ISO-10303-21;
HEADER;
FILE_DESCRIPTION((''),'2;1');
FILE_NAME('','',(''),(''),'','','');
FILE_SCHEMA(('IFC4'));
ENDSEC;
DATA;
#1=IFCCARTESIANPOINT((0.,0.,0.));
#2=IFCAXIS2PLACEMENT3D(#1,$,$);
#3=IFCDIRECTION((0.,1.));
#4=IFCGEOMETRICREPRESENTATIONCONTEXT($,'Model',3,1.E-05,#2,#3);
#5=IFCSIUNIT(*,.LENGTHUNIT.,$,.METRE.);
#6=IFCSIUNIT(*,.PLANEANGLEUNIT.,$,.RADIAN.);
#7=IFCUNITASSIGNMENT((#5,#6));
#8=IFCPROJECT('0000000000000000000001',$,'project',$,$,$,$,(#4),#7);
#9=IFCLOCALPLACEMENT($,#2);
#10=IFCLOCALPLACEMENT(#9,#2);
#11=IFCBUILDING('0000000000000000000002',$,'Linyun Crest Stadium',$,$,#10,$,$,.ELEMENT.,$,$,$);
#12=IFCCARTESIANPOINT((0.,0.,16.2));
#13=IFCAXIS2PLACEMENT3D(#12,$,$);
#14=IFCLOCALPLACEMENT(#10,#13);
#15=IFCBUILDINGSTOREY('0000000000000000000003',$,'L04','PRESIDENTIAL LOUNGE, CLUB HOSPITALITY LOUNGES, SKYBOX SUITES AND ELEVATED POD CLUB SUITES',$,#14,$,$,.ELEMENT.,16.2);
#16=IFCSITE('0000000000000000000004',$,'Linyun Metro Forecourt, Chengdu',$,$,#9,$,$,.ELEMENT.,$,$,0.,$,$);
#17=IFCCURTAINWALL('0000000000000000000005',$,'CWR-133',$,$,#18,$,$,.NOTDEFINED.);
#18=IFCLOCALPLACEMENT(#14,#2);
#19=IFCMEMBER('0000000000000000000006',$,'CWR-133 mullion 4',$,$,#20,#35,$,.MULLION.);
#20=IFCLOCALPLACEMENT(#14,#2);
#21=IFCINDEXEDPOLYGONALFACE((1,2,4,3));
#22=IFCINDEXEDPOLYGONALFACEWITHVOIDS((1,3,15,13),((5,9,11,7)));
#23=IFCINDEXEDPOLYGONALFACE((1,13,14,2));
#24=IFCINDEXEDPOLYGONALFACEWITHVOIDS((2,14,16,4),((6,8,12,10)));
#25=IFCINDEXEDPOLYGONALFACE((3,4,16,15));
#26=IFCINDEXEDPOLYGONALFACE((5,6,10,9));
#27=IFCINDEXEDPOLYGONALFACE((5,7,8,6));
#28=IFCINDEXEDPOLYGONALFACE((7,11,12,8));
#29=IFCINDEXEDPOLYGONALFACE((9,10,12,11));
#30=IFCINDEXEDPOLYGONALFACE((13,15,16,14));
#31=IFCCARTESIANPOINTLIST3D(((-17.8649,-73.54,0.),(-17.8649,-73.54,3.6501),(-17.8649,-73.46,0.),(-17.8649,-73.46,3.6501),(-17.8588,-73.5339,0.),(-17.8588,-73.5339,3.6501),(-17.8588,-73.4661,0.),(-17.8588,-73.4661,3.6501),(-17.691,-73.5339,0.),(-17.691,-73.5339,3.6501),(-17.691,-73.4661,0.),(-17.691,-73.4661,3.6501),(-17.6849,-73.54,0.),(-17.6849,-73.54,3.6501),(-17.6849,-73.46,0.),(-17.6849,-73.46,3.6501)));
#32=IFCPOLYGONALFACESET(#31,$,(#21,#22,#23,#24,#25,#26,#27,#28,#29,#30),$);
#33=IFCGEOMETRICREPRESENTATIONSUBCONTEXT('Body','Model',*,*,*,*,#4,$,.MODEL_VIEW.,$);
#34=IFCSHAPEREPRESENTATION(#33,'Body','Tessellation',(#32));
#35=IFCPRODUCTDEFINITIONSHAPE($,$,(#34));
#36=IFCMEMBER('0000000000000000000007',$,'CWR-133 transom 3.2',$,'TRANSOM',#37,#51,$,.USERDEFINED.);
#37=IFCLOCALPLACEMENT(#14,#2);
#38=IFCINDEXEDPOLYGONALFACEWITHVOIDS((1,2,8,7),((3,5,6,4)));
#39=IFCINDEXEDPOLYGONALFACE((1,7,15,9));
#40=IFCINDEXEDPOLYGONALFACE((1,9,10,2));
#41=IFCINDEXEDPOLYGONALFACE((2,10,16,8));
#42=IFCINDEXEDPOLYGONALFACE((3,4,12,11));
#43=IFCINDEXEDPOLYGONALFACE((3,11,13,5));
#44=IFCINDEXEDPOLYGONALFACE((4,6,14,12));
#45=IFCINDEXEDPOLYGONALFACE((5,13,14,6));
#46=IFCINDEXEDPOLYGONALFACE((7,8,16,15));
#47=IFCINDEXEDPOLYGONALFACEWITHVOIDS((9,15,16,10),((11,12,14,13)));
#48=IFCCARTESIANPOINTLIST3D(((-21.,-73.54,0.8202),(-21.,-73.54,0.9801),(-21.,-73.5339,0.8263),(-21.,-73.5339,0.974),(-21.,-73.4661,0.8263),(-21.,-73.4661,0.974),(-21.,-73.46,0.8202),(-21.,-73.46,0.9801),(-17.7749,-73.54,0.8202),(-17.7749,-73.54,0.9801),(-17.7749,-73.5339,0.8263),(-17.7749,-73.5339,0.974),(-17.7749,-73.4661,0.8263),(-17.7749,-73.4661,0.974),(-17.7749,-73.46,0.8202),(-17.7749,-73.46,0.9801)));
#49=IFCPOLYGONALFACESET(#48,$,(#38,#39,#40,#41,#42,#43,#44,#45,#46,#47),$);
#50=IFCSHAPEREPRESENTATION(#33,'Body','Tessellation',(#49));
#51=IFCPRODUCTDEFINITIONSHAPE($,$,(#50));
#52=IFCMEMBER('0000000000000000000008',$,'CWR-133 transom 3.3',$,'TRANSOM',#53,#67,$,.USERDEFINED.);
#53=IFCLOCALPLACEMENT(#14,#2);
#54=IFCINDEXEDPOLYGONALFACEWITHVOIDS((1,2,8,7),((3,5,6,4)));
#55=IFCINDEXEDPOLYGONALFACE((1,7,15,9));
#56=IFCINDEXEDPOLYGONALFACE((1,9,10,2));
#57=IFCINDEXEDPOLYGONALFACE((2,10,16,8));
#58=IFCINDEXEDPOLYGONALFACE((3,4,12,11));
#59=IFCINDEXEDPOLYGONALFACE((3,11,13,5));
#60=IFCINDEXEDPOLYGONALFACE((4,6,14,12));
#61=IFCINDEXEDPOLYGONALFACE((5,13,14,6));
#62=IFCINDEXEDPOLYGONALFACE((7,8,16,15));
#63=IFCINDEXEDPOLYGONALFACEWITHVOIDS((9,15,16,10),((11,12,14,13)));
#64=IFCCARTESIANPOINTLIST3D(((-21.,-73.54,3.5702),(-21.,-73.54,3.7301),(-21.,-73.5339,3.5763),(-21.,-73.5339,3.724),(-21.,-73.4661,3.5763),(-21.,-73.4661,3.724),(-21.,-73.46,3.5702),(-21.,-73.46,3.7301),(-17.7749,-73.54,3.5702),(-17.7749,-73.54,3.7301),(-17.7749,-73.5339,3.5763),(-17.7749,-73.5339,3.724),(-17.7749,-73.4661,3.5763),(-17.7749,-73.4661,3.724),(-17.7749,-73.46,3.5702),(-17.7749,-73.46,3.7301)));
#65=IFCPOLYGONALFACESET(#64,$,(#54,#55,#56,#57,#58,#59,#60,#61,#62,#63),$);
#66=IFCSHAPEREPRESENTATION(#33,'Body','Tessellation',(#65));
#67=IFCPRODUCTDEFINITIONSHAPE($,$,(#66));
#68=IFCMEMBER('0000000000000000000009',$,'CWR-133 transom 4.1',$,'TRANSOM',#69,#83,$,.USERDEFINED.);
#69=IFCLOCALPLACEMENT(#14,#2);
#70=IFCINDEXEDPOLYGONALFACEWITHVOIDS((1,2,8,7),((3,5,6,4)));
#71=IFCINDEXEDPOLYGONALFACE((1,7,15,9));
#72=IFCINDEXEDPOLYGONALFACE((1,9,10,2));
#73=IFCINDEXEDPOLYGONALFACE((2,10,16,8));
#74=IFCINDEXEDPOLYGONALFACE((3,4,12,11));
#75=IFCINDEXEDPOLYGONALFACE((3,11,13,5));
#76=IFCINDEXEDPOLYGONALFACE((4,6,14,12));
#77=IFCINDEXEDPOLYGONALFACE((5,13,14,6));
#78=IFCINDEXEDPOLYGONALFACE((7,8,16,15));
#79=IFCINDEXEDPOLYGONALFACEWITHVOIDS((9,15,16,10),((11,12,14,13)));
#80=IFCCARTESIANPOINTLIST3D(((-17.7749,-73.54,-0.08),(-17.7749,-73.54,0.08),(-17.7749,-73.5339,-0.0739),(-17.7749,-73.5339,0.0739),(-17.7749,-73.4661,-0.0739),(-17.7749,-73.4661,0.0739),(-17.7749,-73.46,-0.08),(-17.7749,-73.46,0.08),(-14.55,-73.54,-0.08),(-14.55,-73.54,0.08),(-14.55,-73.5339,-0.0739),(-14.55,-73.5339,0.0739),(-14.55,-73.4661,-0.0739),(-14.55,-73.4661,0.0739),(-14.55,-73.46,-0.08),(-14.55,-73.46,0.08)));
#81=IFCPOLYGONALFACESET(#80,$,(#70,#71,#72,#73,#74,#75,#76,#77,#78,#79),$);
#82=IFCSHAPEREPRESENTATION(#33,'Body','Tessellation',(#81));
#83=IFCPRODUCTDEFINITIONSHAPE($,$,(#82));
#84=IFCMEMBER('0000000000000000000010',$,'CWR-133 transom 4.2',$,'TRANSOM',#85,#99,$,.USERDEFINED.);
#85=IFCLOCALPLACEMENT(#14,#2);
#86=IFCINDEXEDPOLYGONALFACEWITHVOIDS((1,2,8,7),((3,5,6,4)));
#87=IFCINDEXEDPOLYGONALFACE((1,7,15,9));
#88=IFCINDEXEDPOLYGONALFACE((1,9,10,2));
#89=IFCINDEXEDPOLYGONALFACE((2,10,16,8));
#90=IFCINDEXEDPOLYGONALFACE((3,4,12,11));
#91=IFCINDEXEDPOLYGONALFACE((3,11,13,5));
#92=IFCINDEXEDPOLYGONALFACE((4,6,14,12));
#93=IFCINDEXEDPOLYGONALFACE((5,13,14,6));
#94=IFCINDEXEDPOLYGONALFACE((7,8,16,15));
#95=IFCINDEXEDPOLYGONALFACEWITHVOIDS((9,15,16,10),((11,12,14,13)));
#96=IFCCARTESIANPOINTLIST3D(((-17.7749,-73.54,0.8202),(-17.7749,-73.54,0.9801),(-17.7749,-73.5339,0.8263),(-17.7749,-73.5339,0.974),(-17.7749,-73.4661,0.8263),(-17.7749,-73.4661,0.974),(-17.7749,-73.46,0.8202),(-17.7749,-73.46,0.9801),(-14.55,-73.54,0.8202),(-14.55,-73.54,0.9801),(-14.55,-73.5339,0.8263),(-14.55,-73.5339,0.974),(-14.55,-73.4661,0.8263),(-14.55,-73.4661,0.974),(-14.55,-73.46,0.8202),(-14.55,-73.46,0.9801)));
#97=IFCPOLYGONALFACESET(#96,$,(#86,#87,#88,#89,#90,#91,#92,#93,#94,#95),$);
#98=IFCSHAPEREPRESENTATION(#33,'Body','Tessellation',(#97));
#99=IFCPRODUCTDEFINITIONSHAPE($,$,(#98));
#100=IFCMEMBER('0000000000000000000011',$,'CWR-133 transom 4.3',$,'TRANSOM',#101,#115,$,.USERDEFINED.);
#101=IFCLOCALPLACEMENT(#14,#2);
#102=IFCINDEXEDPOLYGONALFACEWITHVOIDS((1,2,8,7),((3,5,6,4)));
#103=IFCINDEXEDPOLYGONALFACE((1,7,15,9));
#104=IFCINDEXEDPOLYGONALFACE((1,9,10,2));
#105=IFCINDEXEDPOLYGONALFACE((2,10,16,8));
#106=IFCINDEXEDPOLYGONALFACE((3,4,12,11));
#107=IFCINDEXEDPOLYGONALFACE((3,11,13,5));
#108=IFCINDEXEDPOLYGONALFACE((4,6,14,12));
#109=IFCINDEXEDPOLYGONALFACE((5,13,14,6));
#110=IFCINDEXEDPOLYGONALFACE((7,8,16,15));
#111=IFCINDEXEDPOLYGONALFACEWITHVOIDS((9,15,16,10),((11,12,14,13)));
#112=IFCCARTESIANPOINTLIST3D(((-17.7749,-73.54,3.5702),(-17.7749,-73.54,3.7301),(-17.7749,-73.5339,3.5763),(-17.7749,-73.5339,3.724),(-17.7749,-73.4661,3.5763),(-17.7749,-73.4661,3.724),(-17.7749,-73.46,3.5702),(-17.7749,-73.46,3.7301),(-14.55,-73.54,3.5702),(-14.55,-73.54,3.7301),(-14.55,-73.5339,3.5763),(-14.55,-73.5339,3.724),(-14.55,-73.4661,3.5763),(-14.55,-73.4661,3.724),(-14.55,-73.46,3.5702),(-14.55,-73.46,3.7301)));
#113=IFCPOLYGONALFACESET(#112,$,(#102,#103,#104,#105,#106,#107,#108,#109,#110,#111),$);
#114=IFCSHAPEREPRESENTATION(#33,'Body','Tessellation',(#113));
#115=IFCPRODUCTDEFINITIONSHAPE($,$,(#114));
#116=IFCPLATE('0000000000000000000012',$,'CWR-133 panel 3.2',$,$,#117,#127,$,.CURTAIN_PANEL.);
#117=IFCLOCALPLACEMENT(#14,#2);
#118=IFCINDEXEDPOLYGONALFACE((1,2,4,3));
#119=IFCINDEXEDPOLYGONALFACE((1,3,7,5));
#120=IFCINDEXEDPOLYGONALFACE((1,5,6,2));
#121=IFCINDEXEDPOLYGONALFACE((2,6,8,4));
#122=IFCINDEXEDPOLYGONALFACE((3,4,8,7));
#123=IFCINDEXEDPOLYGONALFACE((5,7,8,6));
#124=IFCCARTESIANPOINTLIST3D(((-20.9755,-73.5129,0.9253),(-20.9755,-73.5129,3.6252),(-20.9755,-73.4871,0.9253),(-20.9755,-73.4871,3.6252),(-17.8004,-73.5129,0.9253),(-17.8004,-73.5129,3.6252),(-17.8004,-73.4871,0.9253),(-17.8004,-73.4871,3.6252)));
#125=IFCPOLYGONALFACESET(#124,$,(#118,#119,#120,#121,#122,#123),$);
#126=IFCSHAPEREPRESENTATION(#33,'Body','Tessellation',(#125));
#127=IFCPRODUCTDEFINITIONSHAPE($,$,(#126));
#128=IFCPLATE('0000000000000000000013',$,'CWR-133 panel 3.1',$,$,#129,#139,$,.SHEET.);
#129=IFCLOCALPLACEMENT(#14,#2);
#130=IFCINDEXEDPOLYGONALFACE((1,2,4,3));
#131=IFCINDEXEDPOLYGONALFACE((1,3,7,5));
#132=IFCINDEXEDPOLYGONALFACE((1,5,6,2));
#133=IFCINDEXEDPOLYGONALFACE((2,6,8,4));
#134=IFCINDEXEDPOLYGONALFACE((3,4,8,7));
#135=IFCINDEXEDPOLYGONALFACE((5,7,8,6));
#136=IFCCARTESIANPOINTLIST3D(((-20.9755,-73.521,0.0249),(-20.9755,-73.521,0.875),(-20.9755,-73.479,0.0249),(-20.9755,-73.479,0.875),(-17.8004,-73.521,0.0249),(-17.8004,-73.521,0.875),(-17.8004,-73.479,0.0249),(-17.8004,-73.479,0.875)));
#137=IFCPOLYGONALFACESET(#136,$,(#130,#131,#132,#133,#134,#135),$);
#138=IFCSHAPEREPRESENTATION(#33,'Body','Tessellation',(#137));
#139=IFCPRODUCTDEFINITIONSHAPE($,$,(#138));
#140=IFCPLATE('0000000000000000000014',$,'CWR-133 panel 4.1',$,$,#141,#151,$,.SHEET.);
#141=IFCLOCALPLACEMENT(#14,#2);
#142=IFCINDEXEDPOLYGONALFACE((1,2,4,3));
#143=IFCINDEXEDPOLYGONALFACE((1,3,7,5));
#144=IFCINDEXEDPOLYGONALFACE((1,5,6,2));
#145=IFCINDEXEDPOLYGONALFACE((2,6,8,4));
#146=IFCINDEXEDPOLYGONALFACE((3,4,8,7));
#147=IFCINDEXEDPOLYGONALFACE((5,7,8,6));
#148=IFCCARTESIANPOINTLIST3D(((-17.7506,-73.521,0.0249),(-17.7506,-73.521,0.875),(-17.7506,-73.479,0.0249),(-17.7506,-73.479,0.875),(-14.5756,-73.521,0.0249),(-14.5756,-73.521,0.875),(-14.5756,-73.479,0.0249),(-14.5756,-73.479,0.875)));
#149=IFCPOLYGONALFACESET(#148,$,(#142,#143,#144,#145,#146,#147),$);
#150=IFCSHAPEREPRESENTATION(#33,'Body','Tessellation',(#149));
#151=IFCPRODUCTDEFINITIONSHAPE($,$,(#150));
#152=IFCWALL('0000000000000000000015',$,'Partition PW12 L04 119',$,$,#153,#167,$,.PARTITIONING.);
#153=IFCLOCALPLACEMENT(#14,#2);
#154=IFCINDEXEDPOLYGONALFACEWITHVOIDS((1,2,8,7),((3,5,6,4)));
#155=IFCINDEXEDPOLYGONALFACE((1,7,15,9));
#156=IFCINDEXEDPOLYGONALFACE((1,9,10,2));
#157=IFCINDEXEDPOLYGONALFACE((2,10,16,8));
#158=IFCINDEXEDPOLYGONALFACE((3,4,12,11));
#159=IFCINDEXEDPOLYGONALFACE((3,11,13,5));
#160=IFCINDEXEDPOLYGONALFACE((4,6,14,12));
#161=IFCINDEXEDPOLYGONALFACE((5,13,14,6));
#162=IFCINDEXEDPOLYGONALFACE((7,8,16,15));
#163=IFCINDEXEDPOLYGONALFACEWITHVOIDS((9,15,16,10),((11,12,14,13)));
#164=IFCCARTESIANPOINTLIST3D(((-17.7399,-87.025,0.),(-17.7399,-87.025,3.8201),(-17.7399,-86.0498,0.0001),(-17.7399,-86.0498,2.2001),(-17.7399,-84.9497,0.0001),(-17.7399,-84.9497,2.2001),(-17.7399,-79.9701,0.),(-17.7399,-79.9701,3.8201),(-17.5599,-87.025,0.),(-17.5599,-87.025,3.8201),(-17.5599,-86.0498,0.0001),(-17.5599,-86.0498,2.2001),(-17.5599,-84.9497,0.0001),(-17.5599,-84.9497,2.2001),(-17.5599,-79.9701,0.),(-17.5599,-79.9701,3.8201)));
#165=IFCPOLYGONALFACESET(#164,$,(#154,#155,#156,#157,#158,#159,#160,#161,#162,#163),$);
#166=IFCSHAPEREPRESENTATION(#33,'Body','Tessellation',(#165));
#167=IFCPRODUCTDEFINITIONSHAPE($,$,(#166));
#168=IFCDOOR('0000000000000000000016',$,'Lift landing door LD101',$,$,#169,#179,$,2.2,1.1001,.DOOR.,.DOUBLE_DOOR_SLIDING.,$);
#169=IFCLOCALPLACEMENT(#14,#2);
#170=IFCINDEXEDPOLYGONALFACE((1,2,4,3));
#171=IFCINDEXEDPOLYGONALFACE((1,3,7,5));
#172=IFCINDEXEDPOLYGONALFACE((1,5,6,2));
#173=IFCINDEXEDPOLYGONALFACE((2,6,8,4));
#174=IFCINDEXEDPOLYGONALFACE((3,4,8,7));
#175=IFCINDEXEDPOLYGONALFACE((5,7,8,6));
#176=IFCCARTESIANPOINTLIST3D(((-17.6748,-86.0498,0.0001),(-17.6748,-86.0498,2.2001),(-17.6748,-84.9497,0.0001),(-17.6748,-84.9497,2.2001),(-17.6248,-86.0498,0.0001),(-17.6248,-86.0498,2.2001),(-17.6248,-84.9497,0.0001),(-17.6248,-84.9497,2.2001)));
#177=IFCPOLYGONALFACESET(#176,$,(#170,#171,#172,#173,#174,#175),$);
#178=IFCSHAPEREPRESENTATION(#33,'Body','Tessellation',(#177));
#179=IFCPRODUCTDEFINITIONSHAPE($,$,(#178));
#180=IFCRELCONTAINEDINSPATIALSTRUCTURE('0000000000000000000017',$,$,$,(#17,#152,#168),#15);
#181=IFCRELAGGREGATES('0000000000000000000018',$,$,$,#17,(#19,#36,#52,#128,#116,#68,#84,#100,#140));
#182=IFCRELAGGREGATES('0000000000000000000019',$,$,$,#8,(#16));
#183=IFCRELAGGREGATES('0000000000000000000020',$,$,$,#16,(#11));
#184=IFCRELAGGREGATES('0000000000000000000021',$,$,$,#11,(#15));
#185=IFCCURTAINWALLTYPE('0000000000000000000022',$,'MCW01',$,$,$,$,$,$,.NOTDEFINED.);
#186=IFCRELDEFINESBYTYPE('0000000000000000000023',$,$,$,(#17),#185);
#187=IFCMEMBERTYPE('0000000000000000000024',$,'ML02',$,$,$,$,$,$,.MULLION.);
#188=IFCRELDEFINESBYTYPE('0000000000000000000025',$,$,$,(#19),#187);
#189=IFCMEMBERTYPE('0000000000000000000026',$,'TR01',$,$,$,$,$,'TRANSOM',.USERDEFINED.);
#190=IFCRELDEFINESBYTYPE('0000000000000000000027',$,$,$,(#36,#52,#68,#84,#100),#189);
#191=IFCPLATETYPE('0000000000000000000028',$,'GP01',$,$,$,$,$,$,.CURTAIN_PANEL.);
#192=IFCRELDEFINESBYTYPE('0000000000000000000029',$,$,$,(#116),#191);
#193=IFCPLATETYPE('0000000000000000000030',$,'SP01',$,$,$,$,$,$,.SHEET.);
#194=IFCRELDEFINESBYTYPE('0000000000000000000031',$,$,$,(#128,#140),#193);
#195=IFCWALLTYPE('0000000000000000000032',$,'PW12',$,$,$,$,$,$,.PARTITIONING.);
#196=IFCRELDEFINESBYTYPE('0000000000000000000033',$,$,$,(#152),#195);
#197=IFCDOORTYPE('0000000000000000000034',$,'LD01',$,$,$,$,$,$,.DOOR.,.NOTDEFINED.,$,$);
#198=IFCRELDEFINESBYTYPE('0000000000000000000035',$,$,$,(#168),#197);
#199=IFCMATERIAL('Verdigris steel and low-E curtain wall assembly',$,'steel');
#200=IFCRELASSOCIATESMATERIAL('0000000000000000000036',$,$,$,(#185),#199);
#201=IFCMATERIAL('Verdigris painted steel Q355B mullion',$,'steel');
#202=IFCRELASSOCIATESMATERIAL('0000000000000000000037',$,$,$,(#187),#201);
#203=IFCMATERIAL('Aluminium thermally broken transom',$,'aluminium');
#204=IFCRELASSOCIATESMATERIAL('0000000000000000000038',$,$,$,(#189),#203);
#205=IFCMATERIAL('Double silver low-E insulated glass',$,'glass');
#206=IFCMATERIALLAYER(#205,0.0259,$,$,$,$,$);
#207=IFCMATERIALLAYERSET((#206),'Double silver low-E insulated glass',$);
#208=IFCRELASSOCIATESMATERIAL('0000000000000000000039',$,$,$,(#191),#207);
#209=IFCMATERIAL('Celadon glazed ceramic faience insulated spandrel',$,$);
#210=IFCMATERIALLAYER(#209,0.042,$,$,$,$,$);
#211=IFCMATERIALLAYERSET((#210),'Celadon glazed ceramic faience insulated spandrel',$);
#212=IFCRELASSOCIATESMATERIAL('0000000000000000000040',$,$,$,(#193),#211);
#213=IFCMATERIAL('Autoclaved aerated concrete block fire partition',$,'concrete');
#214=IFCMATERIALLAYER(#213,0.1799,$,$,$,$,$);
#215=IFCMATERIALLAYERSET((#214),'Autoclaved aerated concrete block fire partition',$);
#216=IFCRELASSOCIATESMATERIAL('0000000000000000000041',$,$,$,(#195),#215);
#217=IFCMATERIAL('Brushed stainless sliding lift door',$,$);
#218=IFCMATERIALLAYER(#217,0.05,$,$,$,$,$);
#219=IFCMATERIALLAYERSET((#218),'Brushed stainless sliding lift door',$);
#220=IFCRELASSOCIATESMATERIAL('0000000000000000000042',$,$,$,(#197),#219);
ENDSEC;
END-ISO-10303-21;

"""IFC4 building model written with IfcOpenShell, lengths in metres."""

from ifc_helpers import new_model, si_unit, direction, frame, frame_2d, origin, origin_2d, place, context, subcontext, project, spatial, rectangle, hollow_rectangle, extrude, material, layer, layer_set, material_profile, profile_set, type_object, element, fill, aggregate, save


model = new_model("IFC4")

# Units and contexts
model_context = context("Model", 3, precision=1e-05, world=origin(), true_north=direction((0.0, 1.0)))
body_context = subcontext(model_context, "Body", "Model", "MODEL_VIEW")
ifc_project = project(units=[si_unit("LENGTHUNIT", "METRE"), si_unit("PLANEANGLEUNIT", "RADIAN")], contexts=[model_context])

# Site, building, storey
site_placement = place(None, origin())
site = spatial("IfcSite", under=ifc_project, at=site_placement, Name="Linyun Metro Forecourt, Chengdu", CompositionType="ELEMENT", RefElevation=0.0)
building_placement = place(site_placement, origin())
building = spatial("IfcBuilding", under=site, at=building_placement, Name="Linyun Crest Stadium", CompositionType="ELEMENT")
storey_placement = place(building_placement, frame((0.0, 0.0, 16.2)))
storey = spatial("IfcBuildingStorey", under=building, at=storey_placement, Name="L04", Description="PRESIDENTIAL LOUNGE, CLUB HOSPITALITY LOUNGES, SKYBOX SUITES AND ELEVATED POD CLUB SUITES", CompositionType="ELEMENT", Elevation=16.2)

# Curtain wall, members, plates
ifc_material_1 = material(Name="Verdigris steel and low-E curtain wall assembly", Category="steel")
curtain_wall_type = type_object("IfcCurtainWallType", Name="MCW01", PredefinedType="NOTDEFINED", material=ifc_material_1)
curtain_wall_placement = place(storey_placement, origin())
curtain_wall = element("IfcCurtainWall", 1, at=curtain_wall_placement, inside=storey, type_object=curtain_wall_type, Name="CWR-133", PredefinedType="NOTDEFINED")
ifc_material_2 = material(Name="Verdigris painted steel Q355B mullion", Category="steel")
ifc_material_profile_1 = material_profile(ifc_material_2, hollow_rectangle(XDim=0.0801, YDim=0.1799, WallThickness=0.0061, at=origin_2d()), Name="RHS 180x80x6")
ifc_profile_set_1 = profile_set([ifc_material_profile_1], Name="Verdigris painted steel Q355B mullion")
member_type_1 = type_object("IfcMemberType", Name="ML02", PredefinedType="MULLION", material=ifc_profile_set_1)
member_1_placement = place(storey_placement, frame((-17.7749, -73.5, 0.0), z_axis=(0.0, 0.0, 1.0), x_axis=(0.0, 1.0, 0.0)))
member_1 = element("IfcMember", 2, at=member_1_placement, type_object=member_type_1, Name="CWR-133 mullion 4", PredefinedType="MULLION", context=body_context, shape_type="SweptSolid", body=[
    extrude(hollow_rectangle(XDim=0.0801, YDim=0.1799, WallThickness=0.0061, at=origin_2d()), origin(), (0.0, 0.0, 1.0), 3.6501),
])
ifc_material_3 = material(Name="Aluminium thermally broken transom", Category="aluminium")
ifc_material_profile_2 = material_profile(ifc_material_3, hollow_rectangle(XDim=0.0801, YDim=0.1599, WallThickness=0.0061, at=origin_2d()), Name="RHS 160x80x6")
ifc_profile_set_2 = profile_set([ifc_material_profile_2], Name="Aluminium thermally broken transom")
member_type_2 = type_object("IfcMemberType", Name="TR01", ElementType="TRANSOM", PredefinedType="USERDEFINED", material=ifc_profile_set_2)
member_2_placement = place(storey_placement, frame((-21.0, -73.5, 0.9001), z_axis=(1.0, 0.0, 0.0), x_axis=(0.0, 1.0, 0.0)))
member_2 = element("IfcMember", 3, at=member_2_placement, type_object=member_type_2, Name="CWR-133 transom 3.2", ObjectType="TRANSOM", PredefinedType="USERDEFINED", context=body_context, shape_type="SweptSolid", body=[
    extrude(hollow_rectangle(XDim=0.0801, YDim=0.1599, WallThickness=0.0061, at=origin_2d()), origin(), (0.0, 0.0, 1.0), 3.2251),
])
member_3_placement = place(storey_placement, frame((-21.0, -73.5, 3.6501), z_axis=(1.0, 0.0, 0.0), x_axis=(0.0, 1.0, 0.0)))
member_3 = element("IfcMember", 4, at=member_3_placement, type_object=member_type_2, Name="CWR-133 transom 3.3", ObjectType="TRANSOM", PredefinedType="USERDEFINED", context=body_context, shape_type="SweptSolid", body=[
    extrude(hollow_rectangle(XDim=0.0801, YDim=0.1599, WallThickness=0.0061, at=origin_2d()), origin(), (0.0, 0.0, 1.0), 3.2251),
])
member_4_placement = place(storey_placement, frame((-17.7749, -73.5, 0.0), z_axis=(1.0, 0.0, 0.0), x_axis=(0.0, 1.0, 0.0)))
member_4 = element("IfcMember", 5, at=member_4_placement, type_object=member_type_2, Name="CWR-133 transom 4.1", ObjectType="TRANSOM", PredefinedType="USERDEFINED", context=body_context, shape_type="SweptSolid", body=[
    extrude(hollow_rectangle(XDim=0.0801, YDim=0.1599, WallThickness=0.0061, at=origin_2d()), origin(), (0.0, 0.0, 1.0), 3.2249),
])
member_5_placement = place(storey_placement, frame((-17.7749, -73.5, 0.9001), z_axis=(1.0, 0.0, 0.0), x_axis=(0.0, 1.0, 0.0)))
member_5 = element("IfcMember", 6, at=member_5_placement, type_object=member_type_2, Name="CWR-133 transom 4.2", ObjectType="TRANSOM", PredefinedType="USERDEFINED", context=body_context, shape_type="SweptSolid", body=[
    extrude(hollow_rectangle(XDim=0.0801, YDim=0.1599, WallThickness=0.0061, at=origin_2d()), origin(), (0.0, 0.0, 1.0), 3.2249),
])
member_6_placement = place(storey_placement, frame((-17.7749, -73.5, 3.6501), z_axis=(1.0, 0.0, 0.0), x_axis=(0.0, 1.0, 0.0)))
member_6 = element("IfcMember", 7, at=member_6_placement, type_object=member_type_2, Name="CWR-133 transom 4.3", ObjectType="TRANSOM", PredefinedType="USERDEFINED", context=body_context, shape_type="SweptSolid", body=[
    extrude(hollow_rectangle(XDim=0.0801, YDim=0.1599, WallThickness=0.0061, at=origin_2d()), origin(), (0.0, 0.0, 1.0), 3.2249),
])
ifc_material_4 = material(Name="Double silver low-E insulated glass", Category="glass")
ifc_layer_1 = layer(ifc_material_4, 0.0259)
ifc_layer_set_1 = layer_set([ifc_layer_1], Name="Double silver low-E insulated glass")
plate_type_1 = type_object("IfcPlateType", Name="GP01", PredefinedType="CURTAIN_PANEL", material=ifc_layer_set_1)
plate_1_placement = place(storey_placement, frame((-19.3879, -73.5, 0.9253), z_axis=(0.0, 0.0, 1.0), x_axis=(1.0, 0.0, 0.0)))
plate_1 = element("IfcPlate", 8, at=plate_1_placement, type_object=plate_type_1, Name="CWR-133 panel 3.2", PredefinedType="CURTAIN_PANEL", context=body_context, shape_type="SweptSolid", body=[
    extrude(rectangle(XDim=3.175, YDim=0.0259, at=origin_2d()), origin(), (0.0, 0.0, 1.0), 2.7),
])
ifc_material_5 = material(Name="Celadon glazed ceramic faience insulated spandrel")
ifc_layer_2 = layer(ifc_material_5, 0.042)
ifc_layer_set_2 = layer_set([ifc_layer_2], Name="Celadon glazed ceramic faience insulated spandrel")
plate_type_2 = type_object("IfcPlateType", Name="SP01", PredefinedType="SHEET", material=ifc_layer_set_2)
plate_2_placement = place(storey_placement, frame((-19.3879, -73.5, 0.0249), z_axis=(0.0, 0.0, 1.0), x_axis=(1.0, 0.0, 0.0)))
plate_2 = element("IfcPlate", 9, at=plate_2_placement, type_object=plate_type_2, Name="CWR-133 panel 3.1", PredefinedType="SHEET", context=body_context, shape_type="SweptSolid", body=[
    extrude(rectangle(XDim=3.175, YDim=0.042, at=origin_2d()), origin(), (0.0, 0.0, 1.0), 0.8501),
])
plate_3_placement = place(storey_placement, frame((-16.1631, -73.5, 0.0249), z_axis=(0.0, 0.0, 1.0), x_axis=(1.0, 0.0, 0.0)))
plate_3 = element("IfcPlate", 10, at=plate_3_placement, type_object=plate_type_2, Name="CWR-133 panel 4.1", PredefinedType="SHEET", context=body_context, shape_type="SweptSolid", body=[
    extrude(rectangle(XDim=3.175, YDim=0.042, at=origin_2d()), origin(), (0.0, 0.0, 1.0), 0.8501),
])
aggregate(curtain_wall, [member_1, member_2, member_3, plate_2, plate_1, member_4, member_5, member_6, plate_3])

# Wall, opening, door
ifc_material_6 = material(Name="Autoclaved aerated concrete block fire partition", Category="concrete")
ifc_layer_3 = layer(ifc_material_6, 0.1799)
ifc_layer_set_3 = layer_set([ifc_layer_3], Name="Autoclaved aerated concrete block fire partition")
wall_type_1 = type_object("IfcWallType", Name="PW12", PredefinedType="PARTITIONING", material=ifc_layer_set_3)
wall_1_placement = place(storey_placement, frame((-17.6499, -87.0249, 0.0), z_axis=(0.0, 0.0, 1.0), x_axis=(0.0, 1.0, 0.0)))
wall_1 = element("IfcWall", 11, at=wall_1_placement, inside=storey, type_object=wall_type_1, Name="Partition PW12 L04 119", PredefinedType="PARTITIONING", context=body_context, shape_type="SweptSolid", body=[
    extrude(rectangle(XDim=7.0549, YDim=0.1799, at=frame_2d((3.5273, 0.0))), origin(), (0.0, 0.0, 1.0), 3.8201),
])
opening_1_placement = place(wall_1_placement, frame((0.9751, 0.0, 0.0)))
opening_1 = element("IfcOpeningElement", 12, at=opening_1_placement, cuts=wall_1, PredefinedType="OPENING", context=body_context, shape_type="SweptSolid", body=[
    extrude(rectangle(XDim=1.1001, YDim=2.2, at=frame_2d((0.55, 1.1001))), frame((0.0, 0.0999, 0.0), z_axis=(0.0, -1.0, 0.0), x_axis=(1.0, 0.0, 0.0)), (0.0, 0.0, 1.0), 0.2),
])
ifc_material_7 = material(Name="Brushed stainless sliding lift door")
ifc_layer_4 = layer(ifc_material_7, 0.05)
ifc_layer_set_4 = layer_set([ifc_layer_4], Name="Brushed stainless sliding lift door")
door_type_1 = type_object("IfcDoorType", Name="LD01", OperationType="NOTDEFINED", PredefinedType="DOOR", material=ifc_layer_set_4)
door_1_placement = place(opening_1_placement, origin())
door_1 = element("IfcDoor", 13, at=door_1_placement, inside=storey, type_object=door_type_1, Name="Lift landing door LD101", OperationType="DOUBLE_DOOR_SLIDING", OverallHeight=2.2, OverallWidth=1.1001, PredefinedType="DOOR", context=body_context, shape_type="SweptSolid", body=[
    extrude(rectangle(XDim=1.1001, YDim=2.2, at=frame_2d((0.55, 1.1001))), frame((0.0, 0.0249, 0.0), z_axis=(0.0, -1.0, 0.0), x_axis=(1.0, 0.0, 0.0)), (0.0, 0.0, 1.0), 0.05),
])
fill(opening_1, door_1)

save(model, "model.ifc")
